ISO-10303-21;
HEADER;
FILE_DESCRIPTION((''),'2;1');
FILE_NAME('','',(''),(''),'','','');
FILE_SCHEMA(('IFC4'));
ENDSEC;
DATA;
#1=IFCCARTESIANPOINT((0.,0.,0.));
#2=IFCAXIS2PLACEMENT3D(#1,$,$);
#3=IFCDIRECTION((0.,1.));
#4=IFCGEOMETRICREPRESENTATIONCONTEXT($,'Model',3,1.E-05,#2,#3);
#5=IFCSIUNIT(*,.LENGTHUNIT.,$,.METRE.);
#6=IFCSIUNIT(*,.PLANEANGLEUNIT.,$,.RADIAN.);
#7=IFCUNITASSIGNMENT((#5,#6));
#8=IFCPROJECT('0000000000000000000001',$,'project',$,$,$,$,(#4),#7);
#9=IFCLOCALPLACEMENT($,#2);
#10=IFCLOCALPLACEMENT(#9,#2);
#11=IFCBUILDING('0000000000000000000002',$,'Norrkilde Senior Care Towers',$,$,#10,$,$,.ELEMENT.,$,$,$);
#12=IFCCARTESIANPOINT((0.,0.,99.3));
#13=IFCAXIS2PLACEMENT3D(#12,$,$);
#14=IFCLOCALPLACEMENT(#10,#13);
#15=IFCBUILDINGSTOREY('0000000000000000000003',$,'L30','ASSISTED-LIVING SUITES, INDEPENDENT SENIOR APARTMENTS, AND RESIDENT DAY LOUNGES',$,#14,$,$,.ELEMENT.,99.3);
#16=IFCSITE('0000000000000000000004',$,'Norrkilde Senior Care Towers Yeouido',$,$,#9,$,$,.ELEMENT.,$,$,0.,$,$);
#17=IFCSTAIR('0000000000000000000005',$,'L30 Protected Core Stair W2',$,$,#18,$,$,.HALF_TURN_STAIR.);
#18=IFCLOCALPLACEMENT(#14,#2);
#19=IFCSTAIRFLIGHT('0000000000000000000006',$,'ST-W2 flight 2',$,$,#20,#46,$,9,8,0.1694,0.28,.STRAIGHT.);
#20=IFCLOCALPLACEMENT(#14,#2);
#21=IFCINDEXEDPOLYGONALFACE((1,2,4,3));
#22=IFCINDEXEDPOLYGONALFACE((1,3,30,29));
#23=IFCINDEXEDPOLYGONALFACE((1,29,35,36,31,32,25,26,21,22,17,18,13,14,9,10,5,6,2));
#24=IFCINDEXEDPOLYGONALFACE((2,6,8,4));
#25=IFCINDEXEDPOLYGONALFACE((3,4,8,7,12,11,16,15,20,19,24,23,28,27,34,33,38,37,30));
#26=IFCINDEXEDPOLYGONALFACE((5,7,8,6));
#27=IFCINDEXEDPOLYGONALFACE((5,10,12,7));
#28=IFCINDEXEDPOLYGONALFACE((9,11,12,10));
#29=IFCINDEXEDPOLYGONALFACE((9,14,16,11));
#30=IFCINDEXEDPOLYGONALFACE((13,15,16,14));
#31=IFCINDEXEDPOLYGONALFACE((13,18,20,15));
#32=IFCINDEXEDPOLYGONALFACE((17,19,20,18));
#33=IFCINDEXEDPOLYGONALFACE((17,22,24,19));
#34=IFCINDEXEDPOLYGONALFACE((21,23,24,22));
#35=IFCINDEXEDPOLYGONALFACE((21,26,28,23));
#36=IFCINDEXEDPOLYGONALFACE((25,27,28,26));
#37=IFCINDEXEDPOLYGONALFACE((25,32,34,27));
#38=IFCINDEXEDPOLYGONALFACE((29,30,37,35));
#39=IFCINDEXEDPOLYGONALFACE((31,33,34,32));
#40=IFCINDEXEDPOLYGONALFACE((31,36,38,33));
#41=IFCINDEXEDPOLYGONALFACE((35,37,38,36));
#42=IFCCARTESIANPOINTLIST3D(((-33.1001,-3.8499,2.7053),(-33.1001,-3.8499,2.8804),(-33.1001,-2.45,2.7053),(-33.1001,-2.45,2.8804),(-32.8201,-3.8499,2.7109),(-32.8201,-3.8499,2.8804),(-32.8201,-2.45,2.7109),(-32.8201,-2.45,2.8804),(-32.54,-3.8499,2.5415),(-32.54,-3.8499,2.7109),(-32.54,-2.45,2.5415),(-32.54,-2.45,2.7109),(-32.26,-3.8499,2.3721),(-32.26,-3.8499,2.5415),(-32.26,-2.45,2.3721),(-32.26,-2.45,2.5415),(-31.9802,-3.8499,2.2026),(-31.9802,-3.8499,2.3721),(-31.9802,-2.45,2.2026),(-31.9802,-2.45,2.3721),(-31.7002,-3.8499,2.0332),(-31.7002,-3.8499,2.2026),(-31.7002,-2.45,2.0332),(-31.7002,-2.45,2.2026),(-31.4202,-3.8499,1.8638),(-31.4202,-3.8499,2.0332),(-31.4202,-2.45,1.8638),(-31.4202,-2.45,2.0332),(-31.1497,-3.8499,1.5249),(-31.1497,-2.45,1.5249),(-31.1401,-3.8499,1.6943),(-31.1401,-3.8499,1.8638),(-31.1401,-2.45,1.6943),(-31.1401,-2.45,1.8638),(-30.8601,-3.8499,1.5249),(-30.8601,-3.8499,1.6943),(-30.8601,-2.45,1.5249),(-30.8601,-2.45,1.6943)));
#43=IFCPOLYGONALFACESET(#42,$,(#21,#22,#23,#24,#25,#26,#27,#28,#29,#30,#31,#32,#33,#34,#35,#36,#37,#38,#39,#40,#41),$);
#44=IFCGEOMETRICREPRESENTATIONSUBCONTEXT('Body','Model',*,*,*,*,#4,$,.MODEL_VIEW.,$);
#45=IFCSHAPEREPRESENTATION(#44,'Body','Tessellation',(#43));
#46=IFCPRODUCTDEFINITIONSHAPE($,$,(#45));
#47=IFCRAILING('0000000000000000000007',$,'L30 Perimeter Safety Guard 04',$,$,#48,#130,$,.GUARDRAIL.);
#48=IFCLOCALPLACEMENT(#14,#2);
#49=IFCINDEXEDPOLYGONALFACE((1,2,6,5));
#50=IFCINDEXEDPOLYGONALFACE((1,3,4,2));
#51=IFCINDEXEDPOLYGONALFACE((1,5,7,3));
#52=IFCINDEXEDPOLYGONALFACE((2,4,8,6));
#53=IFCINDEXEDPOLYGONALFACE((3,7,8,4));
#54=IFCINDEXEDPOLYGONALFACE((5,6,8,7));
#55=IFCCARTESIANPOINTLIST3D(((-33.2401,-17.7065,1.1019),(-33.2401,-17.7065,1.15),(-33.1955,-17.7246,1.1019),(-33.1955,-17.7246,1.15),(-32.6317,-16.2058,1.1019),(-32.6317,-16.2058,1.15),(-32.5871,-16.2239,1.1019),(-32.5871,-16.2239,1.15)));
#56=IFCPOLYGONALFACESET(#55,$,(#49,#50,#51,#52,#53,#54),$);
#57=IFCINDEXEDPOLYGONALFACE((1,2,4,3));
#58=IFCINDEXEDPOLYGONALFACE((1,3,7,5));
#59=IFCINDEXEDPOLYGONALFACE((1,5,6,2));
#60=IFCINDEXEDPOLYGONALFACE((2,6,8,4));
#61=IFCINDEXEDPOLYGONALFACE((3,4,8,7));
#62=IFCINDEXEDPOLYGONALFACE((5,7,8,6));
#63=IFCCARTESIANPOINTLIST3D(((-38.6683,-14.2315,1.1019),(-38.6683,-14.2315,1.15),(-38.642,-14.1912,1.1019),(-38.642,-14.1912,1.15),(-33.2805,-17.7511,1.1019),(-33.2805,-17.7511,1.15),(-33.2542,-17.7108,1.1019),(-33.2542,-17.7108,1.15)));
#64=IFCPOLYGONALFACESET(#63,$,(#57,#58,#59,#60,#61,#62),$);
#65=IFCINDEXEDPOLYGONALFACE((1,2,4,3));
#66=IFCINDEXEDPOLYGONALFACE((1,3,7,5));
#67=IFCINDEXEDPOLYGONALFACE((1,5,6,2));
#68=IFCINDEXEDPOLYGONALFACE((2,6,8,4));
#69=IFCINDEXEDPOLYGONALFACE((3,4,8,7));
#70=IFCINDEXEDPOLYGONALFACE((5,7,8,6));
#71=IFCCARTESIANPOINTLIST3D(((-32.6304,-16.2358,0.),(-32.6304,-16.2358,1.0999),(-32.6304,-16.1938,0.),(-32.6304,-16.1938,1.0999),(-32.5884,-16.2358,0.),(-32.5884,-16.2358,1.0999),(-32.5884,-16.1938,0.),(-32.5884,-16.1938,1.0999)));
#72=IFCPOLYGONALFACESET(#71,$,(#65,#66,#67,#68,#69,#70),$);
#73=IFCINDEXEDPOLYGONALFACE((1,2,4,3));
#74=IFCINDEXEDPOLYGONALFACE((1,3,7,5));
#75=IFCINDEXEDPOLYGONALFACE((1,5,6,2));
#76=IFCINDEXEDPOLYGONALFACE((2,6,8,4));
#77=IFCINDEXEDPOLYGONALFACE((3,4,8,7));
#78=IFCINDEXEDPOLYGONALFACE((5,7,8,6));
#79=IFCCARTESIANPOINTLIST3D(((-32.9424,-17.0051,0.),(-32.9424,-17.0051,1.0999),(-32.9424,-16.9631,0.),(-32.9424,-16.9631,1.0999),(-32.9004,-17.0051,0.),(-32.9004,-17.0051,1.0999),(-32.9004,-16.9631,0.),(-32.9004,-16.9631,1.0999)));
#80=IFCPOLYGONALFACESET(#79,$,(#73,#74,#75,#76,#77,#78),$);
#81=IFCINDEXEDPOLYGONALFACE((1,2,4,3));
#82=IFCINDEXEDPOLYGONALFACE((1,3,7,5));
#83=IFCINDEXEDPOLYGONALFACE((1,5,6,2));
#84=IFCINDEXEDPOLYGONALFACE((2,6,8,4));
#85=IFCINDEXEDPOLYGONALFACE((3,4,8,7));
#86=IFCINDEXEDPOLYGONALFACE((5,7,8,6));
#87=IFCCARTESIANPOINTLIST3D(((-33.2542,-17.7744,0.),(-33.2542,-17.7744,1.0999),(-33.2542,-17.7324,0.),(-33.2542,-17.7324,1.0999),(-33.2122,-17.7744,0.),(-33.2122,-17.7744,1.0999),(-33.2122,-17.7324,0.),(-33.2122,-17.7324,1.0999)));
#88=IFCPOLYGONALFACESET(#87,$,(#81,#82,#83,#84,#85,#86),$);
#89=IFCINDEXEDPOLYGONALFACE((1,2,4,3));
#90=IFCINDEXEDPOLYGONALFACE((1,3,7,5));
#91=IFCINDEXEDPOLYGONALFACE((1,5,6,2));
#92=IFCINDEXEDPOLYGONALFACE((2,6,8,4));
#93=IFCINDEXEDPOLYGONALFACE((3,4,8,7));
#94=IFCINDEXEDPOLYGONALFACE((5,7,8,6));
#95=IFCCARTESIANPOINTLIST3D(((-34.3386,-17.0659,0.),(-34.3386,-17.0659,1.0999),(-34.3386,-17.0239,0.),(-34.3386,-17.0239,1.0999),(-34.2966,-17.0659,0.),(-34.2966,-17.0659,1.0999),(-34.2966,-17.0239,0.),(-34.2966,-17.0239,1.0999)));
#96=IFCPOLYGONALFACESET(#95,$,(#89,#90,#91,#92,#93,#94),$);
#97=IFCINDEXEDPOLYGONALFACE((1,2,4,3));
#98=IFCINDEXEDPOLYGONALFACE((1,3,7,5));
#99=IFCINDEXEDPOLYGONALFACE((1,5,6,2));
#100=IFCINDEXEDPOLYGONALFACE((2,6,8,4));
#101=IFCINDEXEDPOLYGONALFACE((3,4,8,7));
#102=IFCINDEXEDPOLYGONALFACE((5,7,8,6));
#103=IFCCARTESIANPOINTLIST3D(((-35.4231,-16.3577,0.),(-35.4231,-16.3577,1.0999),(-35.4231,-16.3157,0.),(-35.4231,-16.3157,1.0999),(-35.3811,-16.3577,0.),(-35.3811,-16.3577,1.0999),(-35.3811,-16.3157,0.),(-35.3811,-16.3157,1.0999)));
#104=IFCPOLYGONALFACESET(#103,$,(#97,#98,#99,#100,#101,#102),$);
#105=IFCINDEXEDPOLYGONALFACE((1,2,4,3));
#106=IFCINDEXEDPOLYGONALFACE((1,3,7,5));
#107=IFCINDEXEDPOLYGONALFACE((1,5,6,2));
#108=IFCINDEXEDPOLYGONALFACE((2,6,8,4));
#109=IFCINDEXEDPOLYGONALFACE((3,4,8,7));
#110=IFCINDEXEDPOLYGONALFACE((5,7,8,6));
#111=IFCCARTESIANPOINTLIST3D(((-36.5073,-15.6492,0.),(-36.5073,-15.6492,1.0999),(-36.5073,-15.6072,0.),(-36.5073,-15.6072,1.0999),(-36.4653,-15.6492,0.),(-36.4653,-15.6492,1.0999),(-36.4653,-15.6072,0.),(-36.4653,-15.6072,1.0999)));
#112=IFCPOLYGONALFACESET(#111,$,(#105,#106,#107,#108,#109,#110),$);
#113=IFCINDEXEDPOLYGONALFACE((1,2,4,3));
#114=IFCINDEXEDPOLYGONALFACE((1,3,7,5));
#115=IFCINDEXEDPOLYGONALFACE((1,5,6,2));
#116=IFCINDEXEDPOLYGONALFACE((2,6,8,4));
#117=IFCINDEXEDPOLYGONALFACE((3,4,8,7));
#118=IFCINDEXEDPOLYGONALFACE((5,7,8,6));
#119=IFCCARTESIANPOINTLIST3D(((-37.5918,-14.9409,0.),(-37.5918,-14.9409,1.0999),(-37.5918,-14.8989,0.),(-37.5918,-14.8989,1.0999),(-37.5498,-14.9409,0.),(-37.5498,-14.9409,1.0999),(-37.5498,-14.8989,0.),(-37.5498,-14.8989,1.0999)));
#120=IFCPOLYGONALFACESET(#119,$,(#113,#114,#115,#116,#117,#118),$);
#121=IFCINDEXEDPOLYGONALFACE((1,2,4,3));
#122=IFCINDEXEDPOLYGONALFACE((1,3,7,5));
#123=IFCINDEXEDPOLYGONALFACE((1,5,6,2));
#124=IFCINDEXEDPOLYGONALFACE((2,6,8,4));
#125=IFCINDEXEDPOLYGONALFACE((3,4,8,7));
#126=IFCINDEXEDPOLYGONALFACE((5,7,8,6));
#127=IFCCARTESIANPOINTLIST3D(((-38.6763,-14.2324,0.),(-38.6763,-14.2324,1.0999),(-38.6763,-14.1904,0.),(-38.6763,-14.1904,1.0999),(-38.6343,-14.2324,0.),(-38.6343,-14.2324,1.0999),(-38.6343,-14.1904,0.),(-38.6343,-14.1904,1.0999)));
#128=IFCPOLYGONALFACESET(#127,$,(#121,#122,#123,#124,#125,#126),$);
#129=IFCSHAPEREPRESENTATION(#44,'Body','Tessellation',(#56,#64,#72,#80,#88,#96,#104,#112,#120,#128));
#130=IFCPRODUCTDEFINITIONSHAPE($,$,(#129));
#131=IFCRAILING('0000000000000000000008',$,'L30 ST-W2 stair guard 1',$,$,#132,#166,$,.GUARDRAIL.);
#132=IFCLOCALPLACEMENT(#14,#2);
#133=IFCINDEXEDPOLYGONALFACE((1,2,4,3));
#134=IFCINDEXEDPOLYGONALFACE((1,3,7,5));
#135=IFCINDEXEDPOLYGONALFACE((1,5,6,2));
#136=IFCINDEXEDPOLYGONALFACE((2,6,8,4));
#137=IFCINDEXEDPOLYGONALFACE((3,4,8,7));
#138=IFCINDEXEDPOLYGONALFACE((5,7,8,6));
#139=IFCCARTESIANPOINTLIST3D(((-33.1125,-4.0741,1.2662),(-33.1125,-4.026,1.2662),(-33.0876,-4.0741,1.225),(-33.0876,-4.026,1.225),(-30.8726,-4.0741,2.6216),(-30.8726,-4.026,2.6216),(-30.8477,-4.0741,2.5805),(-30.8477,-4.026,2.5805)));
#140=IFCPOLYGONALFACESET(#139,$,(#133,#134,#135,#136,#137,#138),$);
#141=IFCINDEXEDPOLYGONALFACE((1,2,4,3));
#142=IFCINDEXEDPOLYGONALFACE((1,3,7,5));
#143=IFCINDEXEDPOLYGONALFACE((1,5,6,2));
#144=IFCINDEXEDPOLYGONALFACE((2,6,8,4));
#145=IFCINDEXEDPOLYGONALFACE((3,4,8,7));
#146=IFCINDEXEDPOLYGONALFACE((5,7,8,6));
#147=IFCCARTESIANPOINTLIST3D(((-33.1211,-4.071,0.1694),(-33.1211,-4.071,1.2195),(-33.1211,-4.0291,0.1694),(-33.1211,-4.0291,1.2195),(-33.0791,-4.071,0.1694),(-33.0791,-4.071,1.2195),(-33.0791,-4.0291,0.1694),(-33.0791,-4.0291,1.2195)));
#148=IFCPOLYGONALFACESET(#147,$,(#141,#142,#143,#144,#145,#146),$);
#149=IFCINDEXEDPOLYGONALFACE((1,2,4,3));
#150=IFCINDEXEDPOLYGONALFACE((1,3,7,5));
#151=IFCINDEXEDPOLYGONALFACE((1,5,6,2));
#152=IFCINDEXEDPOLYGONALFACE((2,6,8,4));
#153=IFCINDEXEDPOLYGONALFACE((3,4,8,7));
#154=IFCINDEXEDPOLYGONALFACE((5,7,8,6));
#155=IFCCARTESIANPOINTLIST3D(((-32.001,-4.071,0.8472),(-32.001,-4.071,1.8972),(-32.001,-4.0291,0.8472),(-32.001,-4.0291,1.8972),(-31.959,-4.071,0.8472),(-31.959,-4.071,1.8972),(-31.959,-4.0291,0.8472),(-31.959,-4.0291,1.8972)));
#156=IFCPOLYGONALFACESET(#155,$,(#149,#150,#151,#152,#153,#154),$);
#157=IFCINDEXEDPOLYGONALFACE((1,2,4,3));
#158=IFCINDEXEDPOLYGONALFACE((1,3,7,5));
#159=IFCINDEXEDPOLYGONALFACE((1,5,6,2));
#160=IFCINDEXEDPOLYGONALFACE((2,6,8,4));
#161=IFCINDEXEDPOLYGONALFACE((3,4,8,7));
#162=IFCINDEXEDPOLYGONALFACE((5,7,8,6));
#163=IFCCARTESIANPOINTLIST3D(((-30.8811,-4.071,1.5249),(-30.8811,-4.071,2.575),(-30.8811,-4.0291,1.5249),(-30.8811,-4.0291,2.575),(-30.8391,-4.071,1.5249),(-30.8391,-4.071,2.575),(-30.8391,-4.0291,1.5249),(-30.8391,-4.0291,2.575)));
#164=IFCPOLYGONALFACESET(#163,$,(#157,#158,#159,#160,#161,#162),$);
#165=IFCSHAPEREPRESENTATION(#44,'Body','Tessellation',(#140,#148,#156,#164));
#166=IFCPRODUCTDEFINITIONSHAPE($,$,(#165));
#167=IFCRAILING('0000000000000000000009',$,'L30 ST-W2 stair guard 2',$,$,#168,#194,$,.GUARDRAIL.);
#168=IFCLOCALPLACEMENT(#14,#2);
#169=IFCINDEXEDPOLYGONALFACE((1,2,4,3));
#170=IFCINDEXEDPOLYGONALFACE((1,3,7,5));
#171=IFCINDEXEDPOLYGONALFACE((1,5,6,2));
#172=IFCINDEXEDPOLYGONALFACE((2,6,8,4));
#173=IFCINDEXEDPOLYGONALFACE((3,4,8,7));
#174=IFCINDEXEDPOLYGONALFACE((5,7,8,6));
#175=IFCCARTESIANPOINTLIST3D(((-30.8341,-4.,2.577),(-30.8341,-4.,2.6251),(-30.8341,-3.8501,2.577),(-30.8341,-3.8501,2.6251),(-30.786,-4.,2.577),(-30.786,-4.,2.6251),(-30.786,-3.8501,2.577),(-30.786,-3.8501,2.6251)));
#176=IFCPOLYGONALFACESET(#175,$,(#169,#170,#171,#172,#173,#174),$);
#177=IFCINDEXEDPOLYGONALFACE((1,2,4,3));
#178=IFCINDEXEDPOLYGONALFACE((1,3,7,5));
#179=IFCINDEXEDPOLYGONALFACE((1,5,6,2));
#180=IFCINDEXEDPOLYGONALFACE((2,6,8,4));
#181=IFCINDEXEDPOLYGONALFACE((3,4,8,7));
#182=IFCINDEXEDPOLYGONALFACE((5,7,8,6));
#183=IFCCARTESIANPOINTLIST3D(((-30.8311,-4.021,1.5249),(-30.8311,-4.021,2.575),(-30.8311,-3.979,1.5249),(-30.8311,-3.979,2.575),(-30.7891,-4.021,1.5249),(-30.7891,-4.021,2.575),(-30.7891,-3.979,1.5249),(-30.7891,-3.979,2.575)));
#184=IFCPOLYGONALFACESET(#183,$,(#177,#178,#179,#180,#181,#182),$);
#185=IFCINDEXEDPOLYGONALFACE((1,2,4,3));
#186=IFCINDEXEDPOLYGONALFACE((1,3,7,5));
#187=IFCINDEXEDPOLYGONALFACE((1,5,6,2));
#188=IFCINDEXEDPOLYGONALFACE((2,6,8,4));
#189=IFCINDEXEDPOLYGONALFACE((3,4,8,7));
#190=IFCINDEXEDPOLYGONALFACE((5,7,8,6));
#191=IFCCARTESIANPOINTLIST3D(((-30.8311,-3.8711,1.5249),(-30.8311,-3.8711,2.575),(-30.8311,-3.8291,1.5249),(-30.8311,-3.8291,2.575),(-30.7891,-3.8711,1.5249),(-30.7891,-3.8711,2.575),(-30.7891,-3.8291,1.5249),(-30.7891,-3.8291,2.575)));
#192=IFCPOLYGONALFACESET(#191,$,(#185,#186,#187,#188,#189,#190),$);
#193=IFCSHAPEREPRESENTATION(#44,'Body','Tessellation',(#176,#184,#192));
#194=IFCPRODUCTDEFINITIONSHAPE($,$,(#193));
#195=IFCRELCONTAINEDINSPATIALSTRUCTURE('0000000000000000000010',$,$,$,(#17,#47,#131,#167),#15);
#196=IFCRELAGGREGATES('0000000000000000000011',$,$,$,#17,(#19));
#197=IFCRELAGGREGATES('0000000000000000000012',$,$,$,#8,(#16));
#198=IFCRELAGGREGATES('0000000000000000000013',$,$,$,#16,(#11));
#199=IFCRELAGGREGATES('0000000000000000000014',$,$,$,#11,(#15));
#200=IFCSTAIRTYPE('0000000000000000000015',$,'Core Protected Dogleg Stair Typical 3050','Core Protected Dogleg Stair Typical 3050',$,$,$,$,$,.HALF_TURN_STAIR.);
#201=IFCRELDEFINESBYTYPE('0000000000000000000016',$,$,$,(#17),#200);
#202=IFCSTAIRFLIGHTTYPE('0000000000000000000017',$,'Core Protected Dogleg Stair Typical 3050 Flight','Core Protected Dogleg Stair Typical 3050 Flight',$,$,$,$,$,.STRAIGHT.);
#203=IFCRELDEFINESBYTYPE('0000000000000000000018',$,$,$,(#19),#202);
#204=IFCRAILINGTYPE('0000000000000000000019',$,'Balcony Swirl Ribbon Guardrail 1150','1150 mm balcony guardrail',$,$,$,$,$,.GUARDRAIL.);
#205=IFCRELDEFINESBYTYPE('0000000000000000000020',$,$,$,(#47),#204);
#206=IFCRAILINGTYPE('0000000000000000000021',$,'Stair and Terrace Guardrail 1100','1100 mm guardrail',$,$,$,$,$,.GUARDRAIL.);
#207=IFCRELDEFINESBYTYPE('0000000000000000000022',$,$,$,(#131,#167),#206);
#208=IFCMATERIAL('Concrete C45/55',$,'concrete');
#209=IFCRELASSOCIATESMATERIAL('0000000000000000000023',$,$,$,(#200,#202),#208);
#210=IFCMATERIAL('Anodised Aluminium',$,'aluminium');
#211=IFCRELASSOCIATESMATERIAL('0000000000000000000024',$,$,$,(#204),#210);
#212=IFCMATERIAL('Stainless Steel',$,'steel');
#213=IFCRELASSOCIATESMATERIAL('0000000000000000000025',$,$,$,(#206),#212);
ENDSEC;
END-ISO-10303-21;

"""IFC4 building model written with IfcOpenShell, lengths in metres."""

from ifc_helpers import new_model, si_unit, direction, frame, origin, origin_2d, place, context, subcontext, project, spatial, polyline, rectangle, outline, extrude, material, type_object, element, aggregate, save


model = new_model("IFC4")

# Units and contexts
model_context = context("Model", 3, precision=1e-05, world=origin(), true_north=direction((0.0, 1.0)))
body_context = subcontext(model_context, "Body", "Model", "MODEL_VIEW")
ifc_project = project(units=[si_unit("LENGTHUNIT", "METRE"), si_unit("PLANEANGLEUNIT", "RADIAN")], contexts=[model_context])

# Site, building, storey
site_placement = place(None, origin())
site = spatial("IfcSite", under=ifc_project, at=site_placement, Name="Norrkilde Senior Care Towers Yeouido", CompositionType="ELEMENT", RefElevation=0.0)
building_placement = place(site_placement, origin())
building = spatial("IfcBuilding", under=site, at=building_placement, Name="Norrkilde Senior Care Towers", CompositionType="ELEMENT")
storey_placement = place(building_placement, frame((0.0, 0.0, 99.3)))
storey = spatial("IfcBuildingStorey", under=building, at=storey_placement, Name="L30", Description="ASSISTED-LIVING SUITES, INDEPENDENT SENIOR APARTMENTS, AND RESIDENT DAY LOUNGES", CompositionType="ELEMENT", Elevation=99.3)

# Shared definitions
ifc_material_1 = material(Name="Anodised Aluminium", Category="aluminium")

# Shared definitions
ifc_material_2 = material(Name="Concrete C45/55", Category="concrete")
ifc_material_3 = material(Name="Stainless Steel", Category="steel")

# Stair, stair flight
stair_type = type_object("IfcStairType", Name="Core Protected Dogleg Stair Typical 3050", Description="Core Protected Dogleg Stair Typical 3050", PredefinedType="HALF_TURN_STAIR", material=ifc_material_2)
stair_placement = place(storey_placement, origin())
stair = element("IfcStair", 1, at=stair_placement, inside=storey, type_object=stair_type, Name="L30 Protected Core Stair W2", PredefinedType="HALF_TURN_STAIR")
stair_flight_type = type_object("IfcStairFlightType", Name="Core Protected Dogleg Stair Typical 3050 Flight", Description="Core Protected Dogleg Stair Typical 3050 Flight", PredefinedType="STRAIGHT", material=ifc_material_2)
stair_flight_1_placement = place(storey_placement, frame((-30.8601, -3.1499, 1.5249), z_axis=(0.0, 0.0, 1.0), x_axis=(-1.0, 0.0, 0.0)))
stair_flight_1 = element("IfcStairFlight", 2, at=stair_flight_1_placement, type_object=stair_flight_type, Name="ST-W2 flight 2", NumberOfRisers=9, NumberOfTreads=8, PredefinedType="STRAIGHT", RiserHeight=0.1694, TreadLength=0.28, context=body_context, shape_type="SweptSolid", body=[
    extrude(outline(polyline([(0.0, 0.0), (0.0, 0.1694), (0.28, 0.1694), (0.28, 0.3389), (0.5601, 0.3389), (0.5601, 0.5083), (0.8401, 0.5083), (0.8401, 0.6777), (1.1201, 0.6777), (1.1201, 0.8472), (1.3999, 0.8472), (1.3999, 1.0166), (1.6799, 1.0166), (1.6799, 1.186), (1.96, 1.186), (1.96, 1.3555), (2.24, 1.3555), (2.24, 1.5249), (2.24, 1.1804), (0.2896, 0.0), (0.0, 0.0)])), frame((0.0, 0.7, 0.0), z_axis=(0.0, -1.0, 0.0), x_axis=(1.0, 0.0, 0.0)), (0.0, 0.0, 1.0), 1.3999),
])
aggregate(stair, [stair_flight_1])

# Railings
railing_type_1 = type_object("IfcRailingType", Name="Balcony Swirl Ribbon Guardrail 1150", Description="1150 mm balcony guardrail", PredefinedType="GUARDRAIL", material=ifc_material_1)
railing_1_placement = place(storey_placement, frame((-32.6094, -16.2148, 0.0)))
element("IfcRailing", 3, at=railing_1_placement, inside=storey, type_object=railing_type_1, Name="L30 Perimeter Safety Guard 04", PredefinedType="GUARDRAIL", context=body_context, shape_type="SweptSolid", body=[
    extrude(rectangle(XDim=0.0481, YDim=0.0481, at=origin_2d()), frame((0.0, 0.0, 1.126), z_axis=(-0.375722, -0.926732, 0.0), x_axis=(0.926732, -0.375722, 0.0)), (0.0, 0.0, 1.0), 1.6194),
    extrude(rectangle(XDim=0.0481, YDim=0.0481, at=origin_2d()), frame((-0.658, -1.5161, 1.126), z_axis=(-0.837199, 0.546899, 0.0), x_axis=(-0.546899, -0.837199, 0.0)), (0.0, 0.0, 1.0), 6.4355),
    extrude(rectangle(XDim=0.042, YDim=0.042, at=origin_2d()), origin(), (0.0, 0.0, 1.0), 1.0999),
    extrude(rectangle(XDim=0.042, YDim=0.042, at=origin_2d()), frame((-0.312, -0.7693, 0.0)), (0.0, 0.0, 1.0), 1.0999),
    extrude(rectangle(XDim=0.042, YDim=0.042, at=origin_2d()), frame((-0.6238, -1.5386, 0.0)), (0.0, 0.0, 1.0), 1.0999),
    extrude(rectangle(XDim=0.042, YDim=0.042, at=origin_2d()), frame((-1.7083, -0.8301, 0.0)), (0.0, 0.0, 1.0), 1.0999),
    extrude(rectangle(XDim=0.042, YDim=0.042, at=origin_2d()), frame((-2.7927, -0.1218, 0.0)), (0.0, 0.0, 1.0), 1.0999),
    extrude(rectangle(XDim=0.042, YDim=0.042, at=origin_2d()), frame((-3.877, 0.5867, 0.0)), (0.0, 0.0, 1.0), 1.0999),
    extrude(rectangle(XDim=0.042, YDim=0.042, at=origin_2d()), frame((-4.9614, 1.2949, 0.0)), (0.0, 0.0, 1.0), 1.0999),
    extrude(rectangle(XDim=0.042, YDim=0.042, at=origin_2d()), frame((-6.0459, 2.0034, 0.0)), (0.0, 0.0, 1.0), 1.0999),
])
railing_type_2 = type_object("IfcRailingType", Name="Stair and Terrace Guardrail 1100", Description="1100 mm guardrail", PredefinedType="GUARDRAIL", material=ifc_material_3)
railing_2_placement = place(storey_placement, frame((-33.1001, -4.05, 0.1694)))
element("IfcRailing", 4, at=railing_2_placement, inside=storey, type_object=railing_type_2, Name="L30 ST-W2 stair guard 1", PredefinedType="GUARDRAIL", context=body_context, shape_type="SweptSolid", body=[
    extrude(rectangle(XDim=0.0481, YDim=0.0481, at=origin_2d()), frame((0.0, 0.0, 1.0762), z_axis=(0.855553, 0.0, 0.517715), x_axis=(0.0, 1.0, 0.0)), (0.0, 0.0, 1.0), 2.6182),
    extrude(rectangle(XDim=0.042, YDim=0.042, at=origin_2d()), origin(), (0.0, 0.0, 1.0), 1.05),
    extrude(rectangle(XDim=0.042, YDim=0.042, at=origin_2d()), frame((1.1201, 0.0, 0.6777)), (0.0, 0.0, 1.0), 1.05),
    extrude(rectangle(XDim=0.042, YDim=0.042, at=origin_2d()), frame((2.24, 0.0, 1.3555)), (0.0, 0.0, 1.0), 1.05),
])
railing_3_placement = place(storey_placement, frame((-30.8101, -4.0, 1.5249)))
element("IfcRailing", 5, at=railing_3_placement, inside=storey, type_object=railing_type_2, Name="L30 ST-W2 stair guard 2", PredefinedType="GUARDRAIL", context=body_context, shape_type="SweptSolid", body=[
    extrude(rectangle(XDim=0.0481, YDim=0.0481, at=origin_2d()), frame((0.0, 0.0, 1.0762), z_axis=(0.0, 1.0, 0.0), x_axis=(-1.0, 0.0, 0.0)), (0.0, 0.0, 1.0), 0.1499),
    extrude(rectangle(XDim=0.042, YDim=0.042, at=origin_2d()), origin(), (0.0, 0.0, 1.0), 1.05),
    extrude(rectangle(XDim=0.042, YDim=0.042, at=origin_2d()), frame((0.0, 0.1499, 0.0)), (0.0, 0.0, 1.0), 1.05),
])

save(model, "model.ifc")
